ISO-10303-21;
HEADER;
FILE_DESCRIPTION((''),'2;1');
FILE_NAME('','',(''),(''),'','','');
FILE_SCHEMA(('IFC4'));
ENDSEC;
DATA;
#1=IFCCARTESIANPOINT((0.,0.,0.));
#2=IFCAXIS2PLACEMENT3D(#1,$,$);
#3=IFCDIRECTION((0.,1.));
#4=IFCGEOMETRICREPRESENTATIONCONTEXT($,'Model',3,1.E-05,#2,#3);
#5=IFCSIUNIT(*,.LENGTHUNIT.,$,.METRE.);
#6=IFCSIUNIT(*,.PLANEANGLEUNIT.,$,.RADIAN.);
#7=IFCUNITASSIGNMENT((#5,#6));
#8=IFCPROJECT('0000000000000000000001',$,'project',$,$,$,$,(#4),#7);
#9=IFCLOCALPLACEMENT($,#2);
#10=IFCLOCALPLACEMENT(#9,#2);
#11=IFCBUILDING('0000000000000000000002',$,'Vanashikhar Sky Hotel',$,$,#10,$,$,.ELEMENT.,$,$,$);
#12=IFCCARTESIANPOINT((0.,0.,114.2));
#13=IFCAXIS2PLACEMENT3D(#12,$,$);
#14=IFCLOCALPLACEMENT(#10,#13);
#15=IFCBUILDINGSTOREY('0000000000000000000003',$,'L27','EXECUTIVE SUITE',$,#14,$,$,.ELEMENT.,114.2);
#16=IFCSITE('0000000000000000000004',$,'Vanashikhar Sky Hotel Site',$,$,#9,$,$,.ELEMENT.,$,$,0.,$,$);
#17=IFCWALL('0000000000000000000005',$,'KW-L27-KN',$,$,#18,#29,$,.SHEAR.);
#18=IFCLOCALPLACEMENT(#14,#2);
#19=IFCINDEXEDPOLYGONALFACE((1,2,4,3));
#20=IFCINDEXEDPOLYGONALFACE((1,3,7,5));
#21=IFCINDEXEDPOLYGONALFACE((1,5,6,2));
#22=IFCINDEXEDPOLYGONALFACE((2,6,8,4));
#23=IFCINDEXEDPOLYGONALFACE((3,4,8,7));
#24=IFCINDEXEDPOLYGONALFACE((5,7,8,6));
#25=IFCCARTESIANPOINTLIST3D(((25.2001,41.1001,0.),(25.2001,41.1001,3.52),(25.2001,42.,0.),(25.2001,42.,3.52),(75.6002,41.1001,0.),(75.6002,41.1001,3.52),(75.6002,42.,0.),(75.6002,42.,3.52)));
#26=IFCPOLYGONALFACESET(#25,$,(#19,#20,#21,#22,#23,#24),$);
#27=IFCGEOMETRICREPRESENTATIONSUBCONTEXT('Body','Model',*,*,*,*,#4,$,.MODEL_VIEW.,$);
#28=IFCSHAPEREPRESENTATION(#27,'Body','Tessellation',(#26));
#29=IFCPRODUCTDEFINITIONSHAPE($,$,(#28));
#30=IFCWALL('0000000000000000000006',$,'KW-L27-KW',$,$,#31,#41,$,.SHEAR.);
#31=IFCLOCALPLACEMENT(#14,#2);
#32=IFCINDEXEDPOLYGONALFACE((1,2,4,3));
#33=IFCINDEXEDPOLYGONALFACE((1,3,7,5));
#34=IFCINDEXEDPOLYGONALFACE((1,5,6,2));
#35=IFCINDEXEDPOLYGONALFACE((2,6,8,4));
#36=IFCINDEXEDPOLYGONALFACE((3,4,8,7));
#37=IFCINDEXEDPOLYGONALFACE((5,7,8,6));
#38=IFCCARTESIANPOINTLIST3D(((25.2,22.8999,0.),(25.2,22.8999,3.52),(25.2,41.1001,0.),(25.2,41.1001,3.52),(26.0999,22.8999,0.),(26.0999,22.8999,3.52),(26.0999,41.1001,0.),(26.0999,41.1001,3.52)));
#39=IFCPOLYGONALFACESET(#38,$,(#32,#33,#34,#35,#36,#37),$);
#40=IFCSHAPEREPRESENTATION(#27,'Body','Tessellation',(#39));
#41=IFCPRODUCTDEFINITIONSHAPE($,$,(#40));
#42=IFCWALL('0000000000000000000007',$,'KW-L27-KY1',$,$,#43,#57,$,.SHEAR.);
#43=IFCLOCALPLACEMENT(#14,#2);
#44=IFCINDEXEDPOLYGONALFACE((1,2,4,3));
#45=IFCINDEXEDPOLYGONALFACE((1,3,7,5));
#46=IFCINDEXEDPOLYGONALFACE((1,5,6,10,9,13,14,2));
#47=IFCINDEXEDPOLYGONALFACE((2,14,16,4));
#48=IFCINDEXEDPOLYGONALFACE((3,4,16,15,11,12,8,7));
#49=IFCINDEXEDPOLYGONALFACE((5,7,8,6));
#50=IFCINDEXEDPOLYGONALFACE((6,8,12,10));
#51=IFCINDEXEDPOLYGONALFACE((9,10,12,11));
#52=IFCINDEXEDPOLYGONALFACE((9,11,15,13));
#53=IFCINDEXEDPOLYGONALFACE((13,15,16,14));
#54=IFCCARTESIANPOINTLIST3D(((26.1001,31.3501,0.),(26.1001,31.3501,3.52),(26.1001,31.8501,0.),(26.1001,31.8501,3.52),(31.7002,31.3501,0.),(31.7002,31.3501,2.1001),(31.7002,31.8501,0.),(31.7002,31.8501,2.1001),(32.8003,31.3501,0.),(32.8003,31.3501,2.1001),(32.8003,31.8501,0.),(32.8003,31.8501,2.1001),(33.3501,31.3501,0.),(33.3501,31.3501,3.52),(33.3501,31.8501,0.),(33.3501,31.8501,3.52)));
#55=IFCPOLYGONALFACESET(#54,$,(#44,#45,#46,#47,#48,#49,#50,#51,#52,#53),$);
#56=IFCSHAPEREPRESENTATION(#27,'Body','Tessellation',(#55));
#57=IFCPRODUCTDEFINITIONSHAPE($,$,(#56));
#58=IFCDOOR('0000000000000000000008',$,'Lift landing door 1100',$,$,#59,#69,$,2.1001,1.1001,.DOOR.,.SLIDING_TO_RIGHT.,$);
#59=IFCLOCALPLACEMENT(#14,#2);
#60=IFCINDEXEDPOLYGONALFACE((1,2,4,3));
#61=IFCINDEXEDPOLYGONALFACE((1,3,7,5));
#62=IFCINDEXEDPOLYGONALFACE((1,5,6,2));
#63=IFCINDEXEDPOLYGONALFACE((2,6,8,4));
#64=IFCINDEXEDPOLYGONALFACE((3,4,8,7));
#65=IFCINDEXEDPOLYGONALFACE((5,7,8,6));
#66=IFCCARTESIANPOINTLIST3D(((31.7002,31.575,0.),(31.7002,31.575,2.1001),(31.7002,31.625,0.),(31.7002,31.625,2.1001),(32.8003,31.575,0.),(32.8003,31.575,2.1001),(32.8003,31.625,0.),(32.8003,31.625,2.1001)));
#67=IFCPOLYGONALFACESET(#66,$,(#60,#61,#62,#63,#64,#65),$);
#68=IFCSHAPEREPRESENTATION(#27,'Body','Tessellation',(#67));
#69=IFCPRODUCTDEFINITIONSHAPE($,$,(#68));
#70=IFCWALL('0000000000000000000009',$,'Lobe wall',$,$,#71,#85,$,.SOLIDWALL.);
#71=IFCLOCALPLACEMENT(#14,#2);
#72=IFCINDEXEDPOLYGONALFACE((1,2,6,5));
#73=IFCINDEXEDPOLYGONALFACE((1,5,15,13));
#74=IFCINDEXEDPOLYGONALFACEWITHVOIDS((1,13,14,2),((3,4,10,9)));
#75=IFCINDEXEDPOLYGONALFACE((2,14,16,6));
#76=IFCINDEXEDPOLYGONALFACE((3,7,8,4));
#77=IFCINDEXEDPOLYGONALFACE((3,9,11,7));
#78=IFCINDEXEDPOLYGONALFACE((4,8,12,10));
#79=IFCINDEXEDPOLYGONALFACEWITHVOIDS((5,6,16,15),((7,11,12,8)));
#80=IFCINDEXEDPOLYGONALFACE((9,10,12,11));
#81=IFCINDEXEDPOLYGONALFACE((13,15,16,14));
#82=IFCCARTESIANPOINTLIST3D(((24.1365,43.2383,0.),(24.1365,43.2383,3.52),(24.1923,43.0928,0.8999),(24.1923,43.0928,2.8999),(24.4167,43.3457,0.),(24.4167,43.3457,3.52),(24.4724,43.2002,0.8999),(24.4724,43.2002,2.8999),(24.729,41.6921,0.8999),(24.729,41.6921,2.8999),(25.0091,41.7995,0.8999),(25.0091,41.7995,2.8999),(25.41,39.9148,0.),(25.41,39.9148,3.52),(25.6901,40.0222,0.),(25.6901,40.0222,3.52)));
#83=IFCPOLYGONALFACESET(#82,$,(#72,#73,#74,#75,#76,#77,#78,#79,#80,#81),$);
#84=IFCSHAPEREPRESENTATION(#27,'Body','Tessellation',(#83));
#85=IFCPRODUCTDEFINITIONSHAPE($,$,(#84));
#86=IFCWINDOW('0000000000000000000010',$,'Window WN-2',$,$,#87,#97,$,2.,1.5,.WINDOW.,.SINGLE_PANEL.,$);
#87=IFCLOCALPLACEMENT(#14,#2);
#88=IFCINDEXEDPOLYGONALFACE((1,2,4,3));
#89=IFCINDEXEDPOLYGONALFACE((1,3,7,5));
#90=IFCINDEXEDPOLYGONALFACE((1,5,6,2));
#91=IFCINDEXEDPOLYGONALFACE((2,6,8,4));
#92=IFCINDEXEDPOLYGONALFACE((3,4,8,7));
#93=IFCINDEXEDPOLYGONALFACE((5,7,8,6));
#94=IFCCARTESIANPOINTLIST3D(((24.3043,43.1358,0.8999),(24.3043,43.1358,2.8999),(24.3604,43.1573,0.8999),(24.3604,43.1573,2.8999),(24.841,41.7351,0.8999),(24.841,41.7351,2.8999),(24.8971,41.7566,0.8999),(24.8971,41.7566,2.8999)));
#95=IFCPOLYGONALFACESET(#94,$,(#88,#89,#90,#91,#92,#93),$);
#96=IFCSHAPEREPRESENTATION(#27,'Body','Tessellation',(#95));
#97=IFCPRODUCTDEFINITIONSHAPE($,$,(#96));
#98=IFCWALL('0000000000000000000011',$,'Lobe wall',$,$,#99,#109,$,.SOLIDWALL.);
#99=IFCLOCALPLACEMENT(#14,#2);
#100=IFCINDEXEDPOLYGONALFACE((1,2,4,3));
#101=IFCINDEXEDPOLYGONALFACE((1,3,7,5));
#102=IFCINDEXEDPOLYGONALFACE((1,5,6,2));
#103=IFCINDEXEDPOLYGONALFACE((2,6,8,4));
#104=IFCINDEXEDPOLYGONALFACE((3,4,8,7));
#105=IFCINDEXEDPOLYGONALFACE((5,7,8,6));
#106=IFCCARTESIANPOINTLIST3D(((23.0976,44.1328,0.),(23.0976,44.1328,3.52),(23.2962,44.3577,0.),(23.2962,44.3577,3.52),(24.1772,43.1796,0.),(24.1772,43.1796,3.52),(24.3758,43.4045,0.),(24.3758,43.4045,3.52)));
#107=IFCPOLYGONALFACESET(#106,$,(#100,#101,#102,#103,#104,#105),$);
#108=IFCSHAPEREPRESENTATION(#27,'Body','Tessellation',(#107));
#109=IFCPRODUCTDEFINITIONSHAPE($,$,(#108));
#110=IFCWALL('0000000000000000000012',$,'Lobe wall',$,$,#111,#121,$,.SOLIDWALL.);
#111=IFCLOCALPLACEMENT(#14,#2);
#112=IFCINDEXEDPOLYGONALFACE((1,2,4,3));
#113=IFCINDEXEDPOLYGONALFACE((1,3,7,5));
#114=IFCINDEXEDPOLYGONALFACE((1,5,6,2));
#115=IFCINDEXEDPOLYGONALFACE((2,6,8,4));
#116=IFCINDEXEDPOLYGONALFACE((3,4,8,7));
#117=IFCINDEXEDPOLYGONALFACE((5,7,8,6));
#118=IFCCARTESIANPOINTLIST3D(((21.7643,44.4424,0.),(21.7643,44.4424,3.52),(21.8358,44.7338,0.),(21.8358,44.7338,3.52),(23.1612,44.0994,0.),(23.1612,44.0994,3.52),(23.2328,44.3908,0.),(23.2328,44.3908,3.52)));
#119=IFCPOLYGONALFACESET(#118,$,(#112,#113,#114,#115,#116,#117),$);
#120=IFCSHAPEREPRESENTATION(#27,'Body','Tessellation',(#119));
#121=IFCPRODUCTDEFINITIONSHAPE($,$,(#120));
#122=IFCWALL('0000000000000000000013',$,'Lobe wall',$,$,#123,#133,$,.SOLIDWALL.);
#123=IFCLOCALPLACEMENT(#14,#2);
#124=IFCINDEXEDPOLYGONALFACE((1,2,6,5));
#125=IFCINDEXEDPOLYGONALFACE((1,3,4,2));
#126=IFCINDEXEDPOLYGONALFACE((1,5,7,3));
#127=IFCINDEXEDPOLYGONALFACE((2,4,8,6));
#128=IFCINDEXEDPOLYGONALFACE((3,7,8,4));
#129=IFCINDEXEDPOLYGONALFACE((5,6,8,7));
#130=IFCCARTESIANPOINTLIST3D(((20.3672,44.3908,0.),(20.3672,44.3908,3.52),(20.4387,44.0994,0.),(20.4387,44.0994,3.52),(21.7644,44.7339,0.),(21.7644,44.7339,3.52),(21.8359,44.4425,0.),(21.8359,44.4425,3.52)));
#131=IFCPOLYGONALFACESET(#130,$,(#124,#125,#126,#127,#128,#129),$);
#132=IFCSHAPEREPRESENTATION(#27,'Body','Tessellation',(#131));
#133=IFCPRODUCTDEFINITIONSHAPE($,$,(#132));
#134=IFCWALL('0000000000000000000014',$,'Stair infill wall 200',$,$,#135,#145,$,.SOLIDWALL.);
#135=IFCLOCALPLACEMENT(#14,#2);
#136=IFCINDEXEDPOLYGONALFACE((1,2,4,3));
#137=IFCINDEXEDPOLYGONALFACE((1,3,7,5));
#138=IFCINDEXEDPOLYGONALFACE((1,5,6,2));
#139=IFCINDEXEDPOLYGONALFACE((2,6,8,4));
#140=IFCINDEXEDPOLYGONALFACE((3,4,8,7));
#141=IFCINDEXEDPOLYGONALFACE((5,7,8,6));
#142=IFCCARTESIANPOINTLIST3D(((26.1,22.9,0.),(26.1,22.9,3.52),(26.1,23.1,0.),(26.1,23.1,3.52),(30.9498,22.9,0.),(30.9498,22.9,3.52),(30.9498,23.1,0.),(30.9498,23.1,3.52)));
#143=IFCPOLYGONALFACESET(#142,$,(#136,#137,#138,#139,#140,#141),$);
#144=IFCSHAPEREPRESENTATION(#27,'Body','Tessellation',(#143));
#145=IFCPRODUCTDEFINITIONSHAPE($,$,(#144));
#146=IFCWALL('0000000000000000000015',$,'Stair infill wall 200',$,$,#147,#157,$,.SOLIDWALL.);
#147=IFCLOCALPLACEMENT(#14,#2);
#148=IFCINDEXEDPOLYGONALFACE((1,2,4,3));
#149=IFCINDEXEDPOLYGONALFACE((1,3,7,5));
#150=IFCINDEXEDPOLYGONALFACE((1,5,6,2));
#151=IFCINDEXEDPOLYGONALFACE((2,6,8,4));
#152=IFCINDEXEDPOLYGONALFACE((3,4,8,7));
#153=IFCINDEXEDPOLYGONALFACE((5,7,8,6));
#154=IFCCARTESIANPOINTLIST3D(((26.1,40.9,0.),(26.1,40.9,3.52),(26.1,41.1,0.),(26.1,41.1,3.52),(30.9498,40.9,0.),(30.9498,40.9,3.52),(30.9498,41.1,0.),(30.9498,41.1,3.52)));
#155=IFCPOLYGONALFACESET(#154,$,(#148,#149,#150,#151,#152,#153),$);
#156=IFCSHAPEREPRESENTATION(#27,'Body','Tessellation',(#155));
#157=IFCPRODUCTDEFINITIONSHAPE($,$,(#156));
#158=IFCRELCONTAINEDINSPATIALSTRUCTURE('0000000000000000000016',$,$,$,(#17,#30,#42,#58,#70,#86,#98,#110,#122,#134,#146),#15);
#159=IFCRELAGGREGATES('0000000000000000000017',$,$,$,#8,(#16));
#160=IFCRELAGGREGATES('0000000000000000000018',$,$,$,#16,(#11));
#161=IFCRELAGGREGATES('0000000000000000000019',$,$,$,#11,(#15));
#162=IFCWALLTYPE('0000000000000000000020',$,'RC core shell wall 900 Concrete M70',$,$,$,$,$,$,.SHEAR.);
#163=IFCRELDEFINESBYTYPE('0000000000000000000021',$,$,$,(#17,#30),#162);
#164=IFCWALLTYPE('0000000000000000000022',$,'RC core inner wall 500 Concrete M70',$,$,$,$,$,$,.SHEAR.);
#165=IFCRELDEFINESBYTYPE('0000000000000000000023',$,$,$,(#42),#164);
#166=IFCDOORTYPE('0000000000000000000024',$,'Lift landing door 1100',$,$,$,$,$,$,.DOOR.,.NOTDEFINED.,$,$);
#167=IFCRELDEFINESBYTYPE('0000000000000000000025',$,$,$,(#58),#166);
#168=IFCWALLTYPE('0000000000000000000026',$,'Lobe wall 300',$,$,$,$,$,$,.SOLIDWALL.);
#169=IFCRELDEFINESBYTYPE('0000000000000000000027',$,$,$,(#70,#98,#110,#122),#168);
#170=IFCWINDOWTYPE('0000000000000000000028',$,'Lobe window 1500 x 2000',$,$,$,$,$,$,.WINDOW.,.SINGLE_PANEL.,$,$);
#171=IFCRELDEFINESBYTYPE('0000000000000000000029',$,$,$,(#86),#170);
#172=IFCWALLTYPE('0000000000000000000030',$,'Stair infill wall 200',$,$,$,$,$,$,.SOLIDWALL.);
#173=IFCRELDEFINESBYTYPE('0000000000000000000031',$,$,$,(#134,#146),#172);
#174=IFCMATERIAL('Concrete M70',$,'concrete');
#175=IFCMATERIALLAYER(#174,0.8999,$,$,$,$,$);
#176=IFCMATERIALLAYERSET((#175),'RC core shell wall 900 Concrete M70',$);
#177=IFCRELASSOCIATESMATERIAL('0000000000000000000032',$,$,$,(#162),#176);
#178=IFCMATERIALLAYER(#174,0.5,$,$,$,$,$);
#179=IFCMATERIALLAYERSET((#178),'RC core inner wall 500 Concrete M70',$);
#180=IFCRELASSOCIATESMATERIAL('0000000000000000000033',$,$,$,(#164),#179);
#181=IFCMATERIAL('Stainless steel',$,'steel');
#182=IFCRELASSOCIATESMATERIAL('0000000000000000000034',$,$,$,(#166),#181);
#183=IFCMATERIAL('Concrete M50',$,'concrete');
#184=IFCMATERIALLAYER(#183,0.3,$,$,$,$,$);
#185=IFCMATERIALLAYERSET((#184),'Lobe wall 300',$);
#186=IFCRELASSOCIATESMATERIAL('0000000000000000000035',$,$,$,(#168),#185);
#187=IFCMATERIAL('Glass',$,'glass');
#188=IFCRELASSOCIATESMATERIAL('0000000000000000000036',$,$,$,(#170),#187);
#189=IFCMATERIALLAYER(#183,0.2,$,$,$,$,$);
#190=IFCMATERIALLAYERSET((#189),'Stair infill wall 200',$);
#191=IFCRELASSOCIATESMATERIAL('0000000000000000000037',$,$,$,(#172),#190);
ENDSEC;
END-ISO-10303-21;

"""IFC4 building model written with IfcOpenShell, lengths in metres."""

from ifc_helpers import new_model, si_unit, direction, frame, frame_2d, origin, place, context, subcontext, project, spatial, rectangle, extrude, source, transform, mapped, material, layer, layer_set, type_object, element, fill, save


model = new_model("IFC4")

# Units and contexts
model_context = context("Model", 3, precision=1e-05, world=origin(), true_north=direction((0.0, 1.0)))
body_context = subcontext(model_context, "Body", "Model", "MODEL_VIEW")
ifc_project = project(units=[si_unit("LENGTHUNIT", "METRE"), si_unit("PLANEANGLEUNIT", "RADIAN")], contexts=[model_context])

# Site, building, storey
site_placement = place(None, origin())
site = spatial("IfcSite", under=ifc_project, at=site_placement, Name="Vanashikhar Sky Hotel Site", CompositionType="ELEMENT", RefElevation=0.0)
building_placement = place(site_placement, origin())
building = spatial("IfcBuilding", under=site, at=building_placement, Name="Vanashikhar Sky Hotel", CompositionType="ELEMENT")
storey_placement = place(building_placement, frame((0.0, 0.0, 114.2)))
storey = spatial("IfcBuildingStorey", under=building, at=storey_placement, Name="L27", Description="EXECUTIVE SUITE", CompositionType="ELEMENT", Elevation=114.2)

# Walls
ifc_material_1 = material(Name="Concrete M70", Category="concrete")
ifc_layer_1 = layer(ifc_material_1, 0.8999)
ifc_layer_set_1 = layer_set([ifc_layer_1], Name="RC core shell wall 900 Concrete M70")
wall_type_1 = type_object("IfcWallType", Name="RC core shell wall 900 Concrete M70", PredefinedType="SHEAR", material=ifc_layer_set_1)
shared_shape_1 = source(origin(), body_context, "Body", "SweptSolid", [
    extrude(rectangle(XDim=50.4001, YDim=0.8999, at=frame_2d((25.2002, 0.0))), origin(), (0.0, 0.0, 1.0), 3.52),
])
wall_1_placement = place(storey_placement, frame((25.2, 41.55, 0.0), z_axis=(0.0, 0.0, 1.0), x_axis=(1.0, 0.0, 0.0)))
element("IfcWall", 1, at=wall_1_placement, inside=storey, type_object=wall_type_1, Name="KW-L27-KN", PredefinedType="SHEAR", context=body_context, shape_type="MappedRepresentation", body=[
    mapped(shared_shape_1, transform((0.0, 0.0, 0.0), scale=1.0)),
])
shared_shape_2 = source(origin(), body_context, "Body", "SweptSolid", [
    extrude(rectangle(XDim=18.2002, YDim=0.8999, at=frame_2d((9.1001, 0.0))), origin(), (0.0, 0.0, 1.0), 3.52),
])
wall_2_placement = place(storey_placement, frame((25.6499, 22.8999, 0.0), z_axis=(0.0, 0.0, 1.0), x_axis=(0.0, 1.0, 0.0)))
element("IfcWall", 2, at=wall_2_placement, inside=storey, type_object=wall_type_1, Name="KW-L27-KW", PredefinedType="SHEAR", context=body_context, shape_type="MappedRepresentation", body=[
    mapped(shared_shape_2, transform((0.0, 0.0, 0.0), scale=1.0)),
])

# Wall, opening, door
ifc_layer_2 = layer(ifc_material_1, 0.5)
ifc_layer_set_2 = layer_set([ifc_layer_2], Name="RC core inner wall 500 Concrete M70")
wall_type_2 = type_object("IfcWallType", Name="RC core inner wall 500 Concrete M70", PredefinedType="SHEAR", material=ifc_layer_set_2)
shared_shape_3 = source(origin(), body_context, "Body", "SweptSolid", [
    extrude(rectangle(XDim=7.25, YDim=0.5, at=frame_2d((3.625, 0.0))), origin(), (0.0, 0.0, 1.0), 3.52),
])
wall_3_placement = place(storey_placement, frame((26.1001, 31.6001, 0.0), z_axis=(0.0, 0.0, 1.0), x_axis=(1.0, 0.0, 0.0)))
wall_3 = element("IfcWall", 3, at=wall_3_placement, inside=storey, type_object=wall_type_2, Name="KW-L27-KY1", PredefinedType="SHEAR", context=body_context, shape_type="MappedRepresentation", body=[
    mapped(shared_shape_3, transform((0.0, 0.0, 0.0), scale=1.0)),
])
shared_shape_4 = source(origin(), body_context, "Body", "SweptSolid", [
    extrude(rectangle(XDim=1.1001, YDim=2.1001, at=frame_2d((0.55, 1.05))), frame((0.0, 0.26, 0.0), z_axis=(0.0, -1.0, 0.0), x_axis=(1.0, 0.0, 0.0)), (0.0, 0.0, 1.0), 0.52),
])
opening_1_placement = place(wall_3_placement, frame((5.6001, 0.0, 0.0)))
opening_1 = element("IfcOpeningElement", 4, at=opening_1_placement, cuts=wall_3, PredefinedType="OPENING", context=body_context, shape_type="MappedRepresentation", body=[
    mapped(shared_shape_4, transform((0.0, 0.0, 0.0), scale=1.0)),
])
ifc_material_2 = material(Name="Stainless steel", Category="steel")
door_type = type_object("IfcDoorType", Name="Lift landing door 1100", OperationType="NOTDEFINED", PredefinedType="DOOR", material=ifc_material_2)
shared_shape_5 = source(origin(), body_context, "Body", "SweptSolid", [
    extrude(rectangle(XDim=1.1001, YDim=2.1001, at=frame_2d((0.55, 1.05))), frame((0.0, 0.0249, 0.0), z_axis=(0.0, -1.0, 0.0), x_axis=(1.0, 0.0, 0.0)), (0.0, 0.0, 1.0), 0.05),
])
door_placement = place(opening_1_placement, origin())
door = element("IfcDoor", 5, at=door_placement, inside=storey, type_object=door_type, Name="Lift landing door 1100", OperationType="SLIDING_TO_RIGHT", OverallHeight=2.1001, OverallWidth=1.1001, PredefinedType="DOOR", context=body_context, shape_type="MappedRepresentation", body=[
    mapped(shared_shape_5, transform((0.0, 0.0, 0.0), scale=1.0)),
])
fill(opening_1, door)

# Wall, opening, window
ifc_material_3 = material(Name="Concrete M50", Category="concrete")
ifc_layer_3 = layer(ifc_material_3, 0.3)
ifc_layer_set_3 = layer_set([ifc_layer_3], Name="Lobe wall 300")
wall_type_3 = type_object("IfcWallType", Name="Lobe wall 300", PredefinedType="SOLIDWALL", material=ifc_layer_set_3)
shared_shape_6 = source(origin(), body_context, "Body", "SweptSolid", [
    extrude(rectangle(XDim=3.5591, YDim=0.3, at=frame_2d((1.7795, 0.0))), origin(), (0.0, 0.0, 1.0), 3.52),
])
wall_4_placement = place(storey_placement, frame((25.55, 39.9685, 0.0), z_axis=(0.0, 0.0, 1.0), x_axis=(-0.357797, 0.933799, 0.0)))
wall_4 = element("IfcWall", 6, at=wall_4_placement, inside=storey, type_object=wall_type_3, Name="Lobe wall", PredefinedType="SOLIDWALL", context=body_context, shape_type="MappedRepresentation", body=[
    mapped(shared_shape_6, transform((0.0, 0.0, 0.0), scale=1.0)),
])
shared_shape_7 = source(origin(), body_context, "Body", "SweptSolid", [
    extrude(rectangle(XDim=1.5, YDim=2.0, at=frame_2d((0.75, 1.0))), frame((0.0, 0.1602, 0.0), z_axis=(0.0, -1.0, 0.0), x_axis=(1.0, 0.0, 0.0)), (0.0, 0.0, 1.0), 0.3201),
])
opening_2_placement = place(wall_4_placement, frame((1.9033, 0.0, 0.8999)))
opening_2 = element("IfcOpeningElement", 7, at=opening_2_placement, cuts=wall_4, PredefinedType="OPENING", context=body_context, shape_type="MappedRepresentation", body=[
    mapped(shared_shape_7, transform((0.0, 0.0, 0.0), scale=1.0)),
])
ifc_material_4 = material(Name="Glass", Category="glass")
window_type = type_object("IfcWindowType", Name="Lobe window 1500 x 2000", PartitioningType="SINGLE_PANEL", PredefinedType="WINDOW", material=ifc_material_4)
shared_shape_8 = source(origin(), body_context, "Body", "SweptSolid", [
    extrude(rectangle(XDim=1.5, YDim=2.0, at=frame_2d((0.75, 1.0))), frame((0.0, 0.03, 0.0), z_axis=(0.0, -1.0, 0.0), x_axis=(1.0, 0.0, 0.0)), (0.0, 0.0, 1.0), 0.0601),
])
window_placement = place(opening_2_placement, origin())
window = element("IfcWindow", 8, at=window_placement, inside=storey, type_object=window_type, Name="Window WN-2", OverallHeight=2.0, OverallWidth=1.5, PartitioningType="SINGLE_PANEL", PredefinedType="WINDOW", context=body_context, shape_type="MappedRepresentation", body=[
    mapped(shared_shape_8, transform((0.0, 0.0, 0.0), scale=1.0)),
])
fill(opening_2, window)

# Walls
shared_shape_9 = source(origin(), body_context, "Body", "SweptSolid", [
    extrude(rectangle(XDim=1.4402, YDim=0.3, at=frame_2d((0.7202, 0.0))), origin(), (0.0, 0.0, 1.0), 3.52),
])
wall_5_placement = place(storey_placement, frame((24.2766, 43.292, 0.0), z_axis=(0.0, 0.0, 1.0), x_axis=(-0.74965, 0.661835, 0.0)))
element("IfcWall", 9, at=wall_5_placement, inside=storey, type_object=wall_type_3, Name="Lobe wall", PredefinedType="SOLIDWALL", context=body_context, shape_type="MappedRepresentation", body=[
    mapped(shared_shape_9, transform((0.0, 0.0, 0.0), scale=1.0)),
])
shared_shape_10 = source(origin(), body_context, "Body", "SweptSolid", [
    extrude(rectangle(XDim=1.4385, YDim=0.3, at=frame_2d((0.7192, 0.0))), origin(), (0.0, 0.0, 1.0), 3.52),
])
wall_6_placement = place(storey_placement, frame((23.197, 44.2451, 0.0), z_axis=(0.0, 0.0, 1.0), x_axis=(-0.971152, 0.23846, 0.0)))
element("IfcWall", 10, at=wall_6_placement, inside=storey, type_object=wall_type_3, Name="Lobe wall", PredefinedType="SOLIDWALL", context=body_context, shape_type="MappedRepresentation", body=[
    mapped(shared_shape_10, transform((0.0, 0.0, 0.0), scale=1.0)),
])
shared_shape_11 = source(origin(), body_context, "Body", "SweptSolid", [
    extrude(rectangle(XDim=1.4387, YDim=0.3, at=frame_2d((0.7192, 0.0))), origin(), (0.0, 0.0, 1.0), 3.52),
])
wall_7_placement = place(storey_placement, frame((21.8, 44.5881, 0.0), z_axis=(0.0, 0.0, 1.0), x_axis=(-0.971162, -0.238421, 0.0)))
element("IfcWall", 11, at=wall_7_placement, inside=storey, type_object=wall_type_3, Name="Lobe wall", PredefinedType="SOLIDWALL", context=body_context, shape_type="MappedRepresentation", body=[
    mapped(shared_shape_11, transform((0.0, 0.0, 0.0), scale=1.0)),
])
ifc_layer_4 = layer(ifc_material_3, 0.2)
ifc_layer_set_4 = layer_set([ifc_layer_4], Name="Stair infill wall 200")
wall_type_4 = type_object("IfcWallType", Name="Stair infill wall 200", PredefinedType="SOLIDWALL", material=ifc_layer_set_4)
shared_shape_12 = source(origin(), body_context, "Body", "SweptSolid", [
    extrude(rectangle(XDim=4.8499, YDim=0.2, at=frame_2d((2.4248, 0.0))), origin(), (0.0, 0.0, 1.0), 3.52),
])
for number, where, z_axis, x_axis, name in (
    (12, (26.1001, 23.0, 0.0), (0.0, 0.0, 1.0), (1.0, 0.0, 0.0), "Stair infill wall 200"),
    (13, (26.1001, 41.0, 0.0), (0.0, 0.0, 1.0), (1.0, 0.0, 0.0), "Stair infill wall 200"),
):
    element("IfcWall", number, at=place(storey_placement, frame(where, z_axis=z_axis, x_axis=x_axis)), inside=storey, type_object=wall_type_4, Name=name, PredefinedType="SOLIDWALL", context=body_context, shape_type="MappedRepresentation", body=[
        mapped(shared_shape_12, transform((0.0, 0.0, 0.0), scale=1.0)),
    ])

save(model, "model.ifc")
